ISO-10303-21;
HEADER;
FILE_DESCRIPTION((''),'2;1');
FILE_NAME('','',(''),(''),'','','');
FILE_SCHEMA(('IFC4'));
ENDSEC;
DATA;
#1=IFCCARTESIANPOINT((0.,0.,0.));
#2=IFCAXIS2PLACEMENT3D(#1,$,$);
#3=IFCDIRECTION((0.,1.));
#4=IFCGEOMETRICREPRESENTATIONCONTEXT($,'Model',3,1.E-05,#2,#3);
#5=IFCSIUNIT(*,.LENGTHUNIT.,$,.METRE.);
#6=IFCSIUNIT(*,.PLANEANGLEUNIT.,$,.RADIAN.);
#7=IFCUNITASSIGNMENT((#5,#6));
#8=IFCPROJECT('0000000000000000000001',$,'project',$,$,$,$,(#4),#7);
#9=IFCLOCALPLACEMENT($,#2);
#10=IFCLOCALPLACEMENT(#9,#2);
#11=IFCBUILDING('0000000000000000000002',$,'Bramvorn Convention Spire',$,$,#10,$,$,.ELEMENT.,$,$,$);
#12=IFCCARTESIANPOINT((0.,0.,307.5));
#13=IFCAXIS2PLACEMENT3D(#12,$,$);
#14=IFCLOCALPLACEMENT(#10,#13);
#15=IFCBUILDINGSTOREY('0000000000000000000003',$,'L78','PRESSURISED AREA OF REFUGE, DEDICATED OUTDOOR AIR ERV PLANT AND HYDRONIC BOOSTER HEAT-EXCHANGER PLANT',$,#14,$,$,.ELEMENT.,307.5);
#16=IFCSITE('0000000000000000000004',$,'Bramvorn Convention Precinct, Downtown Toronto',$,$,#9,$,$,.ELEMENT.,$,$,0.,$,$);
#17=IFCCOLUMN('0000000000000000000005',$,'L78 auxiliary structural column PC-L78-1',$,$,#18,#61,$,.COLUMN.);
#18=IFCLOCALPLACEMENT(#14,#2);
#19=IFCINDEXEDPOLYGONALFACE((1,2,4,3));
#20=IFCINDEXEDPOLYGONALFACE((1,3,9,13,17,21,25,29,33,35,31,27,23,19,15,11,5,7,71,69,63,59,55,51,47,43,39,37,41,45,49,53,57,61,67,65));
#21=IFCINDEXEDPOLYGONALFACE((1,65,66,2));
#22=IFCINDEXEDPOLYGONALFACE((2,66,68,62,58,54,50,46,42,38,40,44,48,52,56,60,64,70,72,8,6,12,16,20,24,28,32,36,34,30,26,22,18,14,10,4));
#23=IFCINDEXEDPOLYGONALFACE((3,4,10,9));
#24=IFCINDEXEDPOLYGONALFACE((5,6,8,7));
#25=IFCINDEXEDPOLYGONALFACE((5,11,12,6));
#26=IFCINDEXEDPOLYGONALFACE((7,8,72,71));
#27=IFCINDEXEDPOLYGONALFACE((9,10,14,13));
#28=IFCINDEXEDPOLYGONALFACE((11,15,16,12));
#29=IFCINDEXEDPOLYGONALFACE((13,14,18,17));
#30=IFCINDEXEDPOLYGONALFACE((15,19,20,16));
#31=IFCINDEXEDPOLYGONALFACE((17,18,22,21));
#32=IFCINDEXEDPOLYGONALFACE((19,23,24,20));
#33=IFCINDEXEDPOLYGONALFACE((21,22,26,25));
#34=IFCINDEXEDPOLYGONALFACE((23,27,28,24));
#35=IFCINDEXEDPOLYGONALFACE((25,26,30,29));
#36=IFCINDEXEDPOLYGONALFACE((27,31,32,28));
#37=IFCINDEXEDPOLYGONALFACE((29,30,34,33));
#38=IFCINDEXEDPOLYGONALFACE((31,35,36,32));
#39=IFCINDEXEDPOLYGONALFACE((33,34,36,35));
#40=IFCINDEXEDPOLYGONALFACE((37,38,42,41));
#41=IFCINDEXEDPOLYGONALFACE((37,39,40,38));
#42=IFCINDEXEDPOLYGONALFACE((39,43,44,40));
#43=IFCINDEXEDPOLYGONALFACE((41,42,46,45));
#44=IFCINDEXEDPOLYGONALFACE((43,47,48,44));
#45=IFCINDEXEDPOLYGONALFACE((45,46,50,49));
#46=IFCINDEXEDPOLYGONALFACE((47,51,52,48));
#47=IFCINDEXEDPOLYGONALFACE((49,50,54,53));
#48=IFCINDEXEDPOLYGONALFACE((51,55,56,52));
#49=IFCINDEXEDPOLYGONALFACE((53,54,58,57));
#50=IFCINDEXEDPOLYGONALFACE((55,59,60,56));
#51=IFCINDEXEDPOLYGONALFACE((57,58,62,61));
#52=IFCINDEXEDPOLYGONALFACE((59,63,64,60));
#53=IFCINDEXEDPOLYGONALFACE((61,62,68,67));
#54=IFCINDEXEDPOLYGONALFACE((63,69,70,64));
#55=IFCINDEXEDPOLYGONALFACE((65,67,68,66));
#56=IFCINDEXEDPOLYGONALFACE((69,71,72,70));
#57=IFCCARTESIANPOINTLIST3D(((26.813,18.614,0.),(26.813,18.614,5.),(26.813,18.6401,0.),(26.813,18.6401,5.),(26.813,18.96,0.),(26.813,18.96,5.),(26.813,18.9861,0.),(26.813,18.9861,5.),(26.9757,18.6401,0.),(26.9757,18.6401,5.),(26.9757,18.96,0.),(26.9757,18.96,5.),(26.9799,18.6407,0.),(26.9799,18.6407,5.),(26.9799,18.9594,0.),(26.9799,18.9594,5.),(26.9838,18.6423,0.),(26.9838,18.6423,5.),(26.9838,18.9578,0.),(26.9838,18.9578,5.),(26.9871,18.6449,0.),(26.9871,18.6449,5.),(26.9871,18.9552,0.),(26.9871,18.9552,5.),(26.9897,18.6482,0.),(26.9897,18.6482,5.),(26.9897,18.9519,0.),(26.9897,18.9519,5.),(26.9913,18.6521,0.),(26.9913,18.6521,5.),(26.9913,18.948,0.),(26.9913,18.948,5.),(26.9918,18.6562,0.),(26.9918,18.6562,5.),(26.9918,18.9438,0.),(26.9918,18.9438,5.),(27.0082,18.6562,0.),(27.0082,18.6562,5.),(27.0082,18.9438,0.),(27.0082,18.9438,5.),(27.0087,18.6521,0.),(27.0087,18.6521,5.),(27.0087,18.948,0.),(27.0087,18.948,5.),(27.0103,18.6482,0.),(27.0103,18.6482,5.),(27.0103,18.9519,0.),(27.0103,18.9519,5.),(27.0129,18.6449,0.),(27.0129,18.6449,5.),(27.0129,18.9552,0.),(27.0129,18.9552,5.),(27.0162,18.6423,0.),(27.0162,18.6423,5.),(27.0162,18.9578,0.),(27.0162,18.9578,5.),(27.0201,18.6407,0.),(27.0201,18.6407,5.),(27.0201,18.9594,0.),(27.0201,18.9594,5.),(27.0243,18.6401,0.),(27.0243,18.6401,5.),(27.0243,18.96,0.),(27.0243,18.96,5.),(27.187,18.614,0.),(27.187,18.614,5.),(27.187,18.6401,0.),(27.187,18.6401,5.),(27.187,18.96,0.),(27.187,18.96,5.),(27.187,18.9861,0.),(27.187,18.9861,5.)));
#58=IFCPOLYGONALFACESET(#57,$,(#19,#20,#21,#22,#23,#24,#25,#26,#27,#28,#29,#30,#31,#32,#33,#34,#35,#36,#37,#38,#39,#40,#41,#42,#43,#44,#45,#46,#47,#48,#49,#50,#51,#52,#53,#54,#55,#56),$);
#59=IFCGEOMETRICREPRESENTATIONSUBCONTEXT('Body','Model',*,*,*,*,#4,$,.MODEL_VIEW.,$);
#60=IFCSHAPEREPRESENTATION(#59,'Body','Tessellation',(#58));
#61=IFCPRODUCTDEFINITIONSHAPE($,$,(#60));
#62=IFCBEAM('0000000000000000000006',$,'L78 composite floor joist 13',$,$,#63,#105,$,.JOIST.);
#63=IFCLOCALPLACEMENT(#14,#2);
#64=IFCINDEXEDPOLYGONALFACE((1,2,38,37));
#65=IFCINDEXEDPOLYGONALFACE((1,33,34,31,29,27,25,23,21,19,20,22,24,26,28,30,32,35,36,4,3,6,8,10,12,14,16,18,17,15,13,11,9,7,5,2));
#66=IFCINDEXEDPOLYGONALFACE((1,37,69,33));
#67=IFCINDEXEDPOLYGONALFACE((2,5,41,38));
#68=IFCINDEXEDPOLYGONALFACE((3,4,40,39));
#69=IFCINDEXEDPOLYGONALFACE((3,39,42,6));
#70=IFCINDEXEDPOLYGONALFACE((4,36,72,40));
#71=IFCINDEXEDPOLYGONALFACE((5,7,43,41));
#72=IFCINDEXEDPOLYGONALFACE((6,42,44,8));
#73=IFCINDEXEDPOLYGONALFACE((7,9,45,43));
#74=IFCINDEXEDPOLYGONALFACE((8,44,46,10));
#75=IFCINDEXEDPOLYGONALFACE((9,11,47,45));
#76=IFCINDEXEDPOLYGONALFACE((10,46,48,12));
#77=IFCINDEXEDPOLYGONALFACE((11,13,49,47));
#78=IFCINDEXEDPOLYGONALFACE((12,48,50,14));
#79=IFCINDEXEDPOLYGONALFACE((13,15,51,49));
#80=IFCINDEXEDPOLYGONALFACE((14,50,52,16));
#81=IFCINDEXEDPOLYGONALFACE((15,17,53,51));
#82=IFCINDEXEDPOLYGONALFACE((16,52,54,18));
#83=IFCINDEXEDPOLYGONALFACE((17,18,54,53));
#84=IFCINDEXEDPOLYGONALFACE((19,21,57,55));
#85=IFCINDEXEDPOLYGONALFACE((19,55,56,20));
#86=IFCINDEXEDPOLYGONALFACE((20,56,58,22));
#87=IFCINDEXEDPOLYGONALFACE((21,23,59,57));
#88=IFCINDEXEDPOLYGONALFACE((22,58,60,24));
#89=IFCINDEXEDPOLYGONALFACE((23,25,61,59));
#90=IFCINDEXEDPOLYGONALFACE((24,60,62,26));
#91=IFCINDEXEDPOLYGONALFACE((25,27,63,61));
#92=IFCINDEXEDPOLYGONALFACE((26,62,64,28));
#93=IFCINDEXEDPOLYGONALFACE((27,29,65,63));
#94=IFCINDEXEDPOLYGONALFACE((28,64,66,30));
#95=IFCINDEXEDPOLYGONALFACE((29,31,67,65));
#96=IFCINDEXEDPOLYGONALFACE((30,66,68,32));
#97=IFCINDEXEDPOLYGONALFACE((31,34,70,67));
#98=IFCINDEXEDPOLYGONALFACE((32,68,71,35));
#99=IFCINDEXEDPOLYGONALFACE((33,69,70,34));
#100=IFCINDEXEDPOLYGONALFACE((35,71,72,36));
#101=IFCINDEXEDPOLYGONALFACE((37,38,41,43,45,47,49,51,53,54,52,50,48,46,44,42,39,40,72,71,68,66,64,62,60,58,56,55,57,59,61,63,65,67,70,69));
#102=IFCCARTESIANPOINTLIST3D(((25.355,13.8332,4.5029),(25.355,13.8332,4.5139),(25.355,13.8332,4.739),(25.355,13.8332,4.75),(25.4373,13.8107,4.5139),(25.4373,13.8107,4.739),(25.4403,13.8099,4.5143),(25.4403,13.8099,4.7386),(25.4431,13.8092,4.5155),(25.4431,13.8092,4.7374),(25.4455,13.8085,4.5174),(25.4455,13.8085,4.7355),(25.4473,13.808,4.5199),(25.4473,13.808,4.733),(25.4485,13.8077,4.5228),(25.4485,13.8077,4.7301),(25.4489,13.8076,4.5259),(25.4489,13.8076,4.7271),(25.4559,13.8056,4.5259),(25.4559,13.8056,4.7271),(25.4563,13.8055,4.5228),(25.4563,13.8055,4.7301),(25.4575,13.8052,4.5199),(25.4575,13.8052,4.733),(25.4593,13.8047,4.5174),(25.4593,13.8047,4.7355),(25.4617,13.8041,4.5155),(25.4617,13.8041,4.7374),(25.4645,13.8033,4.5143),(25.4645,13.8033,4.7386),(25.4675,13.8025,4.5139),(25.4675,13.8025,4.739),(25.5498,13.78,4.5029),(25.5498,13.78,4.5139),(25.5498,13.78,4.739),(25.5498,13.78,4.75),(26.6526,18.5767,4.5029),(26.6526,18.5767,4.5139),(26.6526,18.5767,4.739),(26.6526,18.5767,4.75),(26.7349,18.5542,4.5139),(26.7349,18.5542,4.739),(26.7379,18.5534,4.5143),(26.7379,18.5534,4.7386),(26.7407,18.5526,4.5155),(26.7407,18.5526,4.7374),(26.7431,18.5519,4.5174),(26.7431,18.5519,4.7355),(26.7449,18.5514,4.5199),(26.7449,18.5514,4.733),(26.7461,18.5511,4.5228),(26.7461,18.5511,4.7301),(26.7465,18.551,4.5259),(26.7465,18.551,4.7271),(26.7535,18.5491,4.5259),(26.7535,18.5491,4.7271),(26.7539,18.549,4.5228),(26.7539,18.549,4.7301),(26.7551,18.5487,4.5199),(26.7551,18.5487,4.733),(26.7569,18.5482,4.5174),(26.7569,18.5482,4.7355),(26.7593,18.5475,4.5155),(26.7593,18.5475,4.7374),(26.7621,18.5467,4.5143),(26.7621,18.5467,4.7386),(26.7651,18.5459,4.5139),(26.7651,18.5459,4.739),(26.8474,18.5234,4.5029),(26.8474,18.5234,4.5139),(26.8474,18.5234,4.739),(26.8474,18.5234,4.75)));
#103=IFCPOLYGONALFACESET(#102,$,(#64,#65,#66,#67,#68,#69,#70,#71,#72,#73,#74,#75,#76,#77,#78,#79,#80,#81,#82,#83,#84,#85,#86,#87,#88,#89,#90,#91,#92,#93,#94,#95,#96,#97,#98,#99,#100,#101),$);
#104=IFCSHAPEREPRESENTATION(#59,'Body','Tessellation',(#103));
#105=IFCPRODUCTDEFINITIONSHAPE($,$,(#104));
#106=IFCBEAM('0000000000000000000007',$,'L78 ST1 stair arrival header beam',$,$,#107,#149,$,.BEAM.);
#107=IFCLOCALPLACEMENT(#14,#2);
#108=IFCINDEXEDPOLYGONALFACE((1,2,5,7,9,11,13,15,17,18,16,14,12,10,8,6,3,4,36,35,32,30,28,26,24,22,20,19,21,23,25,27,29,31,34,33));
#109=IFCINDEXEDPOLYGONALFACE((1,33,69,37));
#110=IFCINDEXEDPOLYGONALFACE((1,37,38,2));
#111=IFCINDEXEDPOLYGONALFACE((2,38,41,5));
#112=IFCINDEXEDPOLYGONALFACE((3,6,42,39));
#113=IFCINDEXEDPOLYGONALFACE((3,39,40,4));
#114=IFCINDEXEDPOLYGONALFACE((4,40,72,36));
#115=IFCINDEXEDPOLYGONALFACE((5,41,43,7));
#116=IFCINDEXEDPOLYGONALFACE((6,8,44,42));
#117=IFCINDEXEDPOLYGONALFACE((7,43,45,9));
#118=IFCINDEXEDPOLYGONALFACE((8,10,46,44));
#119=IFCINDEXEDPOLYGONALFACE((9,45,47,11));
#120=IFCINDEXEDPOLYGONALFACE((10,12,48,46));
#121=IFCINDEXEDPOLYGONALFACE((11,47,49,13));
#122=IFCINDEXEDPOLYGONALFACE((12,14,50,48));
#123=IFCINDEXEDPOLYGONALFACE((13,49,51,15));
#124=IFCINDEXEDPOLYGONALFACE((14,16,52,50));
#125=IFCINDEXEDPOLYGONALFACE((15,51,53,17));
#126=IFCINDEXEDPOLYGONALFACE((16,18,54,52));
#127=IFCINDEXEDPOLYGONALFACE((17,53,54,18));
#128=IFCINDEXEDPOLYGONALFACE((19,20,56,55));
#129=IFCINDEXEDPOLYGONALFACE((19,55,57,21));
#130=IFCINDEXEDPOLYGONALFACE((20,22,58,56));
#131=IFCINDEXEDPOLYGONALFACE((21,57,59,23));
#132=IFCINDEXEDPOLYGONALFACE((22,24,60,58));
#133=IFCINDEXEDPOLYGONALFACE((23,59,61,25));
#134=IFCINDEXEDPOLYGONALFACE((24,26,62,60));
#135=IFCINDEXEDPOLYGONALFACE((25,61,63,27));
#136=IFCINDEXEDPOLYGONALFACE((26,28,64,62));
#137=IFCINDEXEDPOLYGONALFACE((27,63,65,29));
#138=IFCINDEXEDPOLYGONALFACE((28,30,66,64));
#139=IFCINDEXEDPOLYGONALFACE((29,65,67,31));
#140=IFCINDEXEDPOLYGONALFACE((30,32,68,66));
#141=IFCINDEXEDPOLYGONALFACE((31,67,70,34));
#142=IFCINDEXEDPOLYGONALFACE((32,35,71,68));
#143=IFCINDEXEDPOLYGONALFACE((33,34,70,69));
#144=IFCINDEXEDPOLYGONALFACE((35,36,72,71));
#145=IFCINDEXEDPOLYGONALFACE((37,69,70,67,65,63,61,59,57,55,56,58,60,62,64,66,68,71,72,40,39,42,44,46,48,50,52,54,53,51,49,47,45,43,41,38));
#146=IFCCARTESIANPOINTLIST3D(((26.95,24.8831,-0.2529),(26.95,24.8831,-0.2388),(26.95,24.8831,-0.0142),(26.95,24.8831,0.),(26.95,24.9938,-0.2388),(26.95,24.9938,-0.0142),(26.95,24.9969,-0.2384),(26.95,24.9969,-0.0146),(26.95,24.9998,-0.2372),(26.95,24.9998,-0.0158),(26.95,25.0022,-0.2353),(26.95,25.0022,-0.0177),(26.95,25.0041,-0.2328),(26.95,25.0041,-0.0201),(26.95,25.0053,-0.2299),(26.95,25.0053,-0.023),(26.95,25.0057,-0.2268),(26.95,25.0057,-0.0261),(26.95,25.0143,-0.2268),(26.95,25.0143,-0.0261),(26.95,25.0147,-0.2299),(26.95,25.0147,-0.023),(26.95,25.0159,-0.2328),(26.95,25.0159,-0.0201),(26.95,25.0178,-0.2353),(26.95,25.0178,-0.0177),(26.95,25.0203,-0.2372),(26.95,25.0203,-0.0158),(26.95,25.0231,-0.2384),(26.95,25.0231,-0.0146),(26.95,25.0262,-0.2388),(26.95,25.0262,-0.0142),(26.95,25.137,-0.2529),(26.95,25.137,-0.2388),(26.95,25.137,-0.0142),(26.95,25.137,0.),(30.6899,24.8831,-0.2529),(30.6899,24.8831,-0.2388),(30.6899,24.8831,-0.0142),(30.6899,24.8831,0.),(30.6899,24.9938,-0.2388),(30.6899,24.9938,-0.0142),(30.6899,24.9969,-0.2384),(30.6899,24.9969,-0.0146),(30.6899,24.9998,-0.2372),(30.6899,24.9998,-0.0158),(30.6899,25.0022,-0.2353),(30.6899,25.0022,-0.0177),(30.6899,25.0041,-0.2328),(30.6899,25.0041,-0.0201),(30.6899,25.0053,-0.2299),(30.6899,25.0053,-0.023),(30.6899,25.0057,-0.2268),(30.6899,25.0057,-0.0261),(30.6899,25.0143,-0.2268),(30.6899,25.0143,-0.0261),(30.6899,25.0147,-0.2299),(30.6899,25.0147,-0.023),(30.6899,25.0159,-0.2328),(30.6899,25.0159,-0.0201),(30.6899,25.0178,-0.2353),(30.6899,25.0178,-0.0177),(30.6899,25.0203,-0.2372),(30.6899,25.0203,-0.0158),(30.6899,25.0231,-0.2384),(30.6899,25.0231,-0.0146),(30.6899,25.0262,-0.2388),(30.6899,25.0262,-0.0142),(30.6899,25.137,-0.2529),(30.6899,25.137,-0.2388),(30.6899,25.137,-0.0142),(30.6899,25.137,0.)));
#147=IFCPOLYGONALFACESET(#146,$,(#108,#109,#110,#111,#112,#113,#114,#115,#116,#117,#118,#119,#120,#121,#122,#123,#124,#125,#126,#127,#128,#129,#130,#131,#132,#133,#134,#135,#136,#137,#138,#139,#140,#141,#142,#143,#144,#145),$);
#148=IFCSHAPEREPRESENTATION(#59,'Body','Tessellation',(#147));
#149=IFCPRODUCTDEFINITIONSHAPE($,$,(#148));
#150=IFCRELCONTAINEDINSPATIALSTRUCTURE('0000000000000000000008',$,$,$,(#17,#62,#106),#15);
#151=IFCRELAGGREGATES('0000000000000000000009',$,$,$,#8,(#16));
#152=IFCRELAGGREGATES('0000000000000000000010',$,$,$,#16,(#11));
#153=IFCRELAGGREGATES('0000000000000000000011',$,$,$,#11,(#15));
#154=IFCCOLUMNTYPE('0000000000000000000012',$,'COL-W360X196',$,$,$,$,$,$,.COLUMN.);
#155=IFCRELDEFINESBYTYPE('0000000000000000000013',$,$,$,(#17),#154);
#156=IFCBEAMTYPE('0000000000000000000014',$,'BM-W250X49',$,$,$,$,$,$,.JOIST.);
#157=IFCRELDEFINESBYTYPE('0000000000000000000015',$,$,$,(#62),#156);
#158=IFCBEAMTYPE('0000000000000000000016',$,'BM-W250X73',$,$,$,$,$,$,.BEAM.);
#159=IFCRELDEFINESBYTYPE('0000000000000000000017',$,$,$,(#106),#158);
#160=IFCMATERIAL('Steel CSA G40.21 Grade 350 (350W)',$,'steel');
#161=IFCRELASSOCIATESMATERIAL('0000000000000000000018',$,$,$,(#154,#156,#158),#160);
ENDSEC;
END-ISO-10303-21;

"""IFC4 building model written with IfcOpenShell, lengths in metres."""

from ifc_helpers import new_model, si_unit, direction, frame, origin, origin_2d, place, context, subcontext, project, spatial, i_section, extrude, material, material_profile, profile_set, type_object, element, save


model = new_model("IFC4")

# Units and contexts
model_context = context("Model", 3, precision=1e-05, world=origin(), true_north=direction((0.0, 1.0)))
body_context = subcontext(model_context, "Body", "Model", "MODEL_VIEW")
ifc_project = project(units=[si_unit("LENGTHUNIT", "METRE"), si_unit("PLANEANGLEUNIT", "RADIAN")], contexts=[model_context])

# Site, building, storey
site_placement = place(None, origin())
site = spatial("IfcSite", under=ifc_project, at=site_placement, Name="Bramvorn Convention Precinct, Downtown Toronto", CompositionType="ELEMENT", RefElevation=0.0)
building_placement = place(site_placement, origin())
building = spatial("IfcBuilding", under=site, at=building_placement, Name="Bramvorn Convention Spire", CompositionType="ELEMENT")
storey_placement = place(building_placement, frame((0.0, 0.0, 307.5)))
storey = spatial("IfcBuildingStorey", under=building, at=storey_placement, Name="L78", Description="PRESSURISED AREA OF REFUGE, DEDICATED OUTDOOR AIR ERV PLANT AND HYDRONIC BOOSTER HEAT-EXCHANGER PLANT", CompositionType="ELEMENT", Elevation=307.5)

# Column
ifc_material_1 = material(Name="Steel CSA G40.21 Grade 350 (350W)", Category="steel")
ifc_material_profile_1 = material_profile(ifc_material_1, i_section(OverallWidth=0.374, OverallDepth=0.3721, WebThickness=0.0164, FlangeThickness=0.0261, FilletRadius=0.0161, at=origin_2d()))
ifc_profile_set_1 = profile_set([ifc_material_profile_1], Name="Steel CSA G40.21 Grade 350 (350W) - W360X196")
column_type = type_object("IfcColumnType", Name="COL-W360X196", PredefinedType="COLUMN", material=ifc_profile_set_1)
column_placement = place(storey_placement, frame((27.0, 18.8, 0.0), z_axis=(0.0, 0.0, 1.0), x_axis=(1.0, 0.0, 0.0)))
element("IfcColumn", 1, at=column_placement, inside=storey, type_object=column_type, Name="L78 auxiliary structural column PC-L78-1", PredefinedType="COLUMN", context=body_context, shape_type="SweptSolid", body=[
    extrude(i_section(OverallWidth=0.374, OverallDepth=0.3721, WebThickness=0.0164, FlangeThickness=0.0261, FilletRadius=0.0161, at=origin_2d()), origin(), (0.0, 0.0, 1.0), 5.0),
])

# Beams
ifc_material_profile_2 = material_profile(ifc_material_1, i_section(OverallWidth=0.2019, OverallDepth=0.2471, WebThickness=0.0073, FlangeThickness=0.011, FilletRadius=0.012, at=origin_2d()))
ifc_profile_set_2 = profile_set([ifc_material_profile_2], Name="Steel CSA G40.21 Grade 350 (350W) - W250X49")
beam_type_1 = type_object("IfcBeamType", Name="BM-W250X49", PredefinedType="JOIST", material=ifc_profile_set_2)
beam_1_placement = place(storey_placement, frame((26.75, 18.55, 4.6265), z_axis=(-0.263865, -0.96456, 0.0), x_axis=(0.96456, -0.263865, 0.0)))
element("IfcBeam", 2, at=beam_1_placement, inside=storey, type_object=beam_type_1, Name="L78 composite floor joist 13", PredefinedType="JOIST", context=body_context, shape_type="SweptSolid", body=[
    extrude(i_section(OverallWidth=0.2019, OverallDepth=0.2471, WebThickness=0.0073, FlangeThickness=0.011, FilletRadius=0.012, at=origin_2d()), origin(), (0.0, 0.0, 1.0), 4.9177),
])
ifc_material_profile_3 = material_profile(ifc_material_1, i_section(OverallWidth=0.2539, OverallDepth=0.2529, WebThickness=0.0085, FlangeThickness=0.0142, FilletRadius=0.012, at=origin_2d()))
ifc_profile_set_3 = profile_set([ifc_material_profile_3], Name="Steel CSA G40.21 Grade 350 (350W) - W250X73")
beam_type_2 = type_object("IfcBeamType", Name="BM-W250X73", PredefinedType="BEAM", material=ifc_profile_set_3)
beam_2_placement = place(storey_placement, frame((26.95, 25.01, -0.1265), z_axis=(1.0, 0.0, 0.0), x_axis=(0.0, 1.0, 0.0)))
element("IfcBeam", 3, at=beam_2_placement, inside=storey, type_object=beam_type_2, Name="L78 ST1 stair arrival header beam", PredefinedType="BEAM", context=body_context, shape_type="SweptSolid", body=[
    extrude(i_section(OverallWidth=0.2539, OverallDepth=0.2529, WebThickness=0.0085, FlangeThickness=0.0142, FilletRadius=0.012, at=origin_2d()), origin(), (0.0, 0.0, 1.0), 3.74),
])

save(model, "model.ifc")
